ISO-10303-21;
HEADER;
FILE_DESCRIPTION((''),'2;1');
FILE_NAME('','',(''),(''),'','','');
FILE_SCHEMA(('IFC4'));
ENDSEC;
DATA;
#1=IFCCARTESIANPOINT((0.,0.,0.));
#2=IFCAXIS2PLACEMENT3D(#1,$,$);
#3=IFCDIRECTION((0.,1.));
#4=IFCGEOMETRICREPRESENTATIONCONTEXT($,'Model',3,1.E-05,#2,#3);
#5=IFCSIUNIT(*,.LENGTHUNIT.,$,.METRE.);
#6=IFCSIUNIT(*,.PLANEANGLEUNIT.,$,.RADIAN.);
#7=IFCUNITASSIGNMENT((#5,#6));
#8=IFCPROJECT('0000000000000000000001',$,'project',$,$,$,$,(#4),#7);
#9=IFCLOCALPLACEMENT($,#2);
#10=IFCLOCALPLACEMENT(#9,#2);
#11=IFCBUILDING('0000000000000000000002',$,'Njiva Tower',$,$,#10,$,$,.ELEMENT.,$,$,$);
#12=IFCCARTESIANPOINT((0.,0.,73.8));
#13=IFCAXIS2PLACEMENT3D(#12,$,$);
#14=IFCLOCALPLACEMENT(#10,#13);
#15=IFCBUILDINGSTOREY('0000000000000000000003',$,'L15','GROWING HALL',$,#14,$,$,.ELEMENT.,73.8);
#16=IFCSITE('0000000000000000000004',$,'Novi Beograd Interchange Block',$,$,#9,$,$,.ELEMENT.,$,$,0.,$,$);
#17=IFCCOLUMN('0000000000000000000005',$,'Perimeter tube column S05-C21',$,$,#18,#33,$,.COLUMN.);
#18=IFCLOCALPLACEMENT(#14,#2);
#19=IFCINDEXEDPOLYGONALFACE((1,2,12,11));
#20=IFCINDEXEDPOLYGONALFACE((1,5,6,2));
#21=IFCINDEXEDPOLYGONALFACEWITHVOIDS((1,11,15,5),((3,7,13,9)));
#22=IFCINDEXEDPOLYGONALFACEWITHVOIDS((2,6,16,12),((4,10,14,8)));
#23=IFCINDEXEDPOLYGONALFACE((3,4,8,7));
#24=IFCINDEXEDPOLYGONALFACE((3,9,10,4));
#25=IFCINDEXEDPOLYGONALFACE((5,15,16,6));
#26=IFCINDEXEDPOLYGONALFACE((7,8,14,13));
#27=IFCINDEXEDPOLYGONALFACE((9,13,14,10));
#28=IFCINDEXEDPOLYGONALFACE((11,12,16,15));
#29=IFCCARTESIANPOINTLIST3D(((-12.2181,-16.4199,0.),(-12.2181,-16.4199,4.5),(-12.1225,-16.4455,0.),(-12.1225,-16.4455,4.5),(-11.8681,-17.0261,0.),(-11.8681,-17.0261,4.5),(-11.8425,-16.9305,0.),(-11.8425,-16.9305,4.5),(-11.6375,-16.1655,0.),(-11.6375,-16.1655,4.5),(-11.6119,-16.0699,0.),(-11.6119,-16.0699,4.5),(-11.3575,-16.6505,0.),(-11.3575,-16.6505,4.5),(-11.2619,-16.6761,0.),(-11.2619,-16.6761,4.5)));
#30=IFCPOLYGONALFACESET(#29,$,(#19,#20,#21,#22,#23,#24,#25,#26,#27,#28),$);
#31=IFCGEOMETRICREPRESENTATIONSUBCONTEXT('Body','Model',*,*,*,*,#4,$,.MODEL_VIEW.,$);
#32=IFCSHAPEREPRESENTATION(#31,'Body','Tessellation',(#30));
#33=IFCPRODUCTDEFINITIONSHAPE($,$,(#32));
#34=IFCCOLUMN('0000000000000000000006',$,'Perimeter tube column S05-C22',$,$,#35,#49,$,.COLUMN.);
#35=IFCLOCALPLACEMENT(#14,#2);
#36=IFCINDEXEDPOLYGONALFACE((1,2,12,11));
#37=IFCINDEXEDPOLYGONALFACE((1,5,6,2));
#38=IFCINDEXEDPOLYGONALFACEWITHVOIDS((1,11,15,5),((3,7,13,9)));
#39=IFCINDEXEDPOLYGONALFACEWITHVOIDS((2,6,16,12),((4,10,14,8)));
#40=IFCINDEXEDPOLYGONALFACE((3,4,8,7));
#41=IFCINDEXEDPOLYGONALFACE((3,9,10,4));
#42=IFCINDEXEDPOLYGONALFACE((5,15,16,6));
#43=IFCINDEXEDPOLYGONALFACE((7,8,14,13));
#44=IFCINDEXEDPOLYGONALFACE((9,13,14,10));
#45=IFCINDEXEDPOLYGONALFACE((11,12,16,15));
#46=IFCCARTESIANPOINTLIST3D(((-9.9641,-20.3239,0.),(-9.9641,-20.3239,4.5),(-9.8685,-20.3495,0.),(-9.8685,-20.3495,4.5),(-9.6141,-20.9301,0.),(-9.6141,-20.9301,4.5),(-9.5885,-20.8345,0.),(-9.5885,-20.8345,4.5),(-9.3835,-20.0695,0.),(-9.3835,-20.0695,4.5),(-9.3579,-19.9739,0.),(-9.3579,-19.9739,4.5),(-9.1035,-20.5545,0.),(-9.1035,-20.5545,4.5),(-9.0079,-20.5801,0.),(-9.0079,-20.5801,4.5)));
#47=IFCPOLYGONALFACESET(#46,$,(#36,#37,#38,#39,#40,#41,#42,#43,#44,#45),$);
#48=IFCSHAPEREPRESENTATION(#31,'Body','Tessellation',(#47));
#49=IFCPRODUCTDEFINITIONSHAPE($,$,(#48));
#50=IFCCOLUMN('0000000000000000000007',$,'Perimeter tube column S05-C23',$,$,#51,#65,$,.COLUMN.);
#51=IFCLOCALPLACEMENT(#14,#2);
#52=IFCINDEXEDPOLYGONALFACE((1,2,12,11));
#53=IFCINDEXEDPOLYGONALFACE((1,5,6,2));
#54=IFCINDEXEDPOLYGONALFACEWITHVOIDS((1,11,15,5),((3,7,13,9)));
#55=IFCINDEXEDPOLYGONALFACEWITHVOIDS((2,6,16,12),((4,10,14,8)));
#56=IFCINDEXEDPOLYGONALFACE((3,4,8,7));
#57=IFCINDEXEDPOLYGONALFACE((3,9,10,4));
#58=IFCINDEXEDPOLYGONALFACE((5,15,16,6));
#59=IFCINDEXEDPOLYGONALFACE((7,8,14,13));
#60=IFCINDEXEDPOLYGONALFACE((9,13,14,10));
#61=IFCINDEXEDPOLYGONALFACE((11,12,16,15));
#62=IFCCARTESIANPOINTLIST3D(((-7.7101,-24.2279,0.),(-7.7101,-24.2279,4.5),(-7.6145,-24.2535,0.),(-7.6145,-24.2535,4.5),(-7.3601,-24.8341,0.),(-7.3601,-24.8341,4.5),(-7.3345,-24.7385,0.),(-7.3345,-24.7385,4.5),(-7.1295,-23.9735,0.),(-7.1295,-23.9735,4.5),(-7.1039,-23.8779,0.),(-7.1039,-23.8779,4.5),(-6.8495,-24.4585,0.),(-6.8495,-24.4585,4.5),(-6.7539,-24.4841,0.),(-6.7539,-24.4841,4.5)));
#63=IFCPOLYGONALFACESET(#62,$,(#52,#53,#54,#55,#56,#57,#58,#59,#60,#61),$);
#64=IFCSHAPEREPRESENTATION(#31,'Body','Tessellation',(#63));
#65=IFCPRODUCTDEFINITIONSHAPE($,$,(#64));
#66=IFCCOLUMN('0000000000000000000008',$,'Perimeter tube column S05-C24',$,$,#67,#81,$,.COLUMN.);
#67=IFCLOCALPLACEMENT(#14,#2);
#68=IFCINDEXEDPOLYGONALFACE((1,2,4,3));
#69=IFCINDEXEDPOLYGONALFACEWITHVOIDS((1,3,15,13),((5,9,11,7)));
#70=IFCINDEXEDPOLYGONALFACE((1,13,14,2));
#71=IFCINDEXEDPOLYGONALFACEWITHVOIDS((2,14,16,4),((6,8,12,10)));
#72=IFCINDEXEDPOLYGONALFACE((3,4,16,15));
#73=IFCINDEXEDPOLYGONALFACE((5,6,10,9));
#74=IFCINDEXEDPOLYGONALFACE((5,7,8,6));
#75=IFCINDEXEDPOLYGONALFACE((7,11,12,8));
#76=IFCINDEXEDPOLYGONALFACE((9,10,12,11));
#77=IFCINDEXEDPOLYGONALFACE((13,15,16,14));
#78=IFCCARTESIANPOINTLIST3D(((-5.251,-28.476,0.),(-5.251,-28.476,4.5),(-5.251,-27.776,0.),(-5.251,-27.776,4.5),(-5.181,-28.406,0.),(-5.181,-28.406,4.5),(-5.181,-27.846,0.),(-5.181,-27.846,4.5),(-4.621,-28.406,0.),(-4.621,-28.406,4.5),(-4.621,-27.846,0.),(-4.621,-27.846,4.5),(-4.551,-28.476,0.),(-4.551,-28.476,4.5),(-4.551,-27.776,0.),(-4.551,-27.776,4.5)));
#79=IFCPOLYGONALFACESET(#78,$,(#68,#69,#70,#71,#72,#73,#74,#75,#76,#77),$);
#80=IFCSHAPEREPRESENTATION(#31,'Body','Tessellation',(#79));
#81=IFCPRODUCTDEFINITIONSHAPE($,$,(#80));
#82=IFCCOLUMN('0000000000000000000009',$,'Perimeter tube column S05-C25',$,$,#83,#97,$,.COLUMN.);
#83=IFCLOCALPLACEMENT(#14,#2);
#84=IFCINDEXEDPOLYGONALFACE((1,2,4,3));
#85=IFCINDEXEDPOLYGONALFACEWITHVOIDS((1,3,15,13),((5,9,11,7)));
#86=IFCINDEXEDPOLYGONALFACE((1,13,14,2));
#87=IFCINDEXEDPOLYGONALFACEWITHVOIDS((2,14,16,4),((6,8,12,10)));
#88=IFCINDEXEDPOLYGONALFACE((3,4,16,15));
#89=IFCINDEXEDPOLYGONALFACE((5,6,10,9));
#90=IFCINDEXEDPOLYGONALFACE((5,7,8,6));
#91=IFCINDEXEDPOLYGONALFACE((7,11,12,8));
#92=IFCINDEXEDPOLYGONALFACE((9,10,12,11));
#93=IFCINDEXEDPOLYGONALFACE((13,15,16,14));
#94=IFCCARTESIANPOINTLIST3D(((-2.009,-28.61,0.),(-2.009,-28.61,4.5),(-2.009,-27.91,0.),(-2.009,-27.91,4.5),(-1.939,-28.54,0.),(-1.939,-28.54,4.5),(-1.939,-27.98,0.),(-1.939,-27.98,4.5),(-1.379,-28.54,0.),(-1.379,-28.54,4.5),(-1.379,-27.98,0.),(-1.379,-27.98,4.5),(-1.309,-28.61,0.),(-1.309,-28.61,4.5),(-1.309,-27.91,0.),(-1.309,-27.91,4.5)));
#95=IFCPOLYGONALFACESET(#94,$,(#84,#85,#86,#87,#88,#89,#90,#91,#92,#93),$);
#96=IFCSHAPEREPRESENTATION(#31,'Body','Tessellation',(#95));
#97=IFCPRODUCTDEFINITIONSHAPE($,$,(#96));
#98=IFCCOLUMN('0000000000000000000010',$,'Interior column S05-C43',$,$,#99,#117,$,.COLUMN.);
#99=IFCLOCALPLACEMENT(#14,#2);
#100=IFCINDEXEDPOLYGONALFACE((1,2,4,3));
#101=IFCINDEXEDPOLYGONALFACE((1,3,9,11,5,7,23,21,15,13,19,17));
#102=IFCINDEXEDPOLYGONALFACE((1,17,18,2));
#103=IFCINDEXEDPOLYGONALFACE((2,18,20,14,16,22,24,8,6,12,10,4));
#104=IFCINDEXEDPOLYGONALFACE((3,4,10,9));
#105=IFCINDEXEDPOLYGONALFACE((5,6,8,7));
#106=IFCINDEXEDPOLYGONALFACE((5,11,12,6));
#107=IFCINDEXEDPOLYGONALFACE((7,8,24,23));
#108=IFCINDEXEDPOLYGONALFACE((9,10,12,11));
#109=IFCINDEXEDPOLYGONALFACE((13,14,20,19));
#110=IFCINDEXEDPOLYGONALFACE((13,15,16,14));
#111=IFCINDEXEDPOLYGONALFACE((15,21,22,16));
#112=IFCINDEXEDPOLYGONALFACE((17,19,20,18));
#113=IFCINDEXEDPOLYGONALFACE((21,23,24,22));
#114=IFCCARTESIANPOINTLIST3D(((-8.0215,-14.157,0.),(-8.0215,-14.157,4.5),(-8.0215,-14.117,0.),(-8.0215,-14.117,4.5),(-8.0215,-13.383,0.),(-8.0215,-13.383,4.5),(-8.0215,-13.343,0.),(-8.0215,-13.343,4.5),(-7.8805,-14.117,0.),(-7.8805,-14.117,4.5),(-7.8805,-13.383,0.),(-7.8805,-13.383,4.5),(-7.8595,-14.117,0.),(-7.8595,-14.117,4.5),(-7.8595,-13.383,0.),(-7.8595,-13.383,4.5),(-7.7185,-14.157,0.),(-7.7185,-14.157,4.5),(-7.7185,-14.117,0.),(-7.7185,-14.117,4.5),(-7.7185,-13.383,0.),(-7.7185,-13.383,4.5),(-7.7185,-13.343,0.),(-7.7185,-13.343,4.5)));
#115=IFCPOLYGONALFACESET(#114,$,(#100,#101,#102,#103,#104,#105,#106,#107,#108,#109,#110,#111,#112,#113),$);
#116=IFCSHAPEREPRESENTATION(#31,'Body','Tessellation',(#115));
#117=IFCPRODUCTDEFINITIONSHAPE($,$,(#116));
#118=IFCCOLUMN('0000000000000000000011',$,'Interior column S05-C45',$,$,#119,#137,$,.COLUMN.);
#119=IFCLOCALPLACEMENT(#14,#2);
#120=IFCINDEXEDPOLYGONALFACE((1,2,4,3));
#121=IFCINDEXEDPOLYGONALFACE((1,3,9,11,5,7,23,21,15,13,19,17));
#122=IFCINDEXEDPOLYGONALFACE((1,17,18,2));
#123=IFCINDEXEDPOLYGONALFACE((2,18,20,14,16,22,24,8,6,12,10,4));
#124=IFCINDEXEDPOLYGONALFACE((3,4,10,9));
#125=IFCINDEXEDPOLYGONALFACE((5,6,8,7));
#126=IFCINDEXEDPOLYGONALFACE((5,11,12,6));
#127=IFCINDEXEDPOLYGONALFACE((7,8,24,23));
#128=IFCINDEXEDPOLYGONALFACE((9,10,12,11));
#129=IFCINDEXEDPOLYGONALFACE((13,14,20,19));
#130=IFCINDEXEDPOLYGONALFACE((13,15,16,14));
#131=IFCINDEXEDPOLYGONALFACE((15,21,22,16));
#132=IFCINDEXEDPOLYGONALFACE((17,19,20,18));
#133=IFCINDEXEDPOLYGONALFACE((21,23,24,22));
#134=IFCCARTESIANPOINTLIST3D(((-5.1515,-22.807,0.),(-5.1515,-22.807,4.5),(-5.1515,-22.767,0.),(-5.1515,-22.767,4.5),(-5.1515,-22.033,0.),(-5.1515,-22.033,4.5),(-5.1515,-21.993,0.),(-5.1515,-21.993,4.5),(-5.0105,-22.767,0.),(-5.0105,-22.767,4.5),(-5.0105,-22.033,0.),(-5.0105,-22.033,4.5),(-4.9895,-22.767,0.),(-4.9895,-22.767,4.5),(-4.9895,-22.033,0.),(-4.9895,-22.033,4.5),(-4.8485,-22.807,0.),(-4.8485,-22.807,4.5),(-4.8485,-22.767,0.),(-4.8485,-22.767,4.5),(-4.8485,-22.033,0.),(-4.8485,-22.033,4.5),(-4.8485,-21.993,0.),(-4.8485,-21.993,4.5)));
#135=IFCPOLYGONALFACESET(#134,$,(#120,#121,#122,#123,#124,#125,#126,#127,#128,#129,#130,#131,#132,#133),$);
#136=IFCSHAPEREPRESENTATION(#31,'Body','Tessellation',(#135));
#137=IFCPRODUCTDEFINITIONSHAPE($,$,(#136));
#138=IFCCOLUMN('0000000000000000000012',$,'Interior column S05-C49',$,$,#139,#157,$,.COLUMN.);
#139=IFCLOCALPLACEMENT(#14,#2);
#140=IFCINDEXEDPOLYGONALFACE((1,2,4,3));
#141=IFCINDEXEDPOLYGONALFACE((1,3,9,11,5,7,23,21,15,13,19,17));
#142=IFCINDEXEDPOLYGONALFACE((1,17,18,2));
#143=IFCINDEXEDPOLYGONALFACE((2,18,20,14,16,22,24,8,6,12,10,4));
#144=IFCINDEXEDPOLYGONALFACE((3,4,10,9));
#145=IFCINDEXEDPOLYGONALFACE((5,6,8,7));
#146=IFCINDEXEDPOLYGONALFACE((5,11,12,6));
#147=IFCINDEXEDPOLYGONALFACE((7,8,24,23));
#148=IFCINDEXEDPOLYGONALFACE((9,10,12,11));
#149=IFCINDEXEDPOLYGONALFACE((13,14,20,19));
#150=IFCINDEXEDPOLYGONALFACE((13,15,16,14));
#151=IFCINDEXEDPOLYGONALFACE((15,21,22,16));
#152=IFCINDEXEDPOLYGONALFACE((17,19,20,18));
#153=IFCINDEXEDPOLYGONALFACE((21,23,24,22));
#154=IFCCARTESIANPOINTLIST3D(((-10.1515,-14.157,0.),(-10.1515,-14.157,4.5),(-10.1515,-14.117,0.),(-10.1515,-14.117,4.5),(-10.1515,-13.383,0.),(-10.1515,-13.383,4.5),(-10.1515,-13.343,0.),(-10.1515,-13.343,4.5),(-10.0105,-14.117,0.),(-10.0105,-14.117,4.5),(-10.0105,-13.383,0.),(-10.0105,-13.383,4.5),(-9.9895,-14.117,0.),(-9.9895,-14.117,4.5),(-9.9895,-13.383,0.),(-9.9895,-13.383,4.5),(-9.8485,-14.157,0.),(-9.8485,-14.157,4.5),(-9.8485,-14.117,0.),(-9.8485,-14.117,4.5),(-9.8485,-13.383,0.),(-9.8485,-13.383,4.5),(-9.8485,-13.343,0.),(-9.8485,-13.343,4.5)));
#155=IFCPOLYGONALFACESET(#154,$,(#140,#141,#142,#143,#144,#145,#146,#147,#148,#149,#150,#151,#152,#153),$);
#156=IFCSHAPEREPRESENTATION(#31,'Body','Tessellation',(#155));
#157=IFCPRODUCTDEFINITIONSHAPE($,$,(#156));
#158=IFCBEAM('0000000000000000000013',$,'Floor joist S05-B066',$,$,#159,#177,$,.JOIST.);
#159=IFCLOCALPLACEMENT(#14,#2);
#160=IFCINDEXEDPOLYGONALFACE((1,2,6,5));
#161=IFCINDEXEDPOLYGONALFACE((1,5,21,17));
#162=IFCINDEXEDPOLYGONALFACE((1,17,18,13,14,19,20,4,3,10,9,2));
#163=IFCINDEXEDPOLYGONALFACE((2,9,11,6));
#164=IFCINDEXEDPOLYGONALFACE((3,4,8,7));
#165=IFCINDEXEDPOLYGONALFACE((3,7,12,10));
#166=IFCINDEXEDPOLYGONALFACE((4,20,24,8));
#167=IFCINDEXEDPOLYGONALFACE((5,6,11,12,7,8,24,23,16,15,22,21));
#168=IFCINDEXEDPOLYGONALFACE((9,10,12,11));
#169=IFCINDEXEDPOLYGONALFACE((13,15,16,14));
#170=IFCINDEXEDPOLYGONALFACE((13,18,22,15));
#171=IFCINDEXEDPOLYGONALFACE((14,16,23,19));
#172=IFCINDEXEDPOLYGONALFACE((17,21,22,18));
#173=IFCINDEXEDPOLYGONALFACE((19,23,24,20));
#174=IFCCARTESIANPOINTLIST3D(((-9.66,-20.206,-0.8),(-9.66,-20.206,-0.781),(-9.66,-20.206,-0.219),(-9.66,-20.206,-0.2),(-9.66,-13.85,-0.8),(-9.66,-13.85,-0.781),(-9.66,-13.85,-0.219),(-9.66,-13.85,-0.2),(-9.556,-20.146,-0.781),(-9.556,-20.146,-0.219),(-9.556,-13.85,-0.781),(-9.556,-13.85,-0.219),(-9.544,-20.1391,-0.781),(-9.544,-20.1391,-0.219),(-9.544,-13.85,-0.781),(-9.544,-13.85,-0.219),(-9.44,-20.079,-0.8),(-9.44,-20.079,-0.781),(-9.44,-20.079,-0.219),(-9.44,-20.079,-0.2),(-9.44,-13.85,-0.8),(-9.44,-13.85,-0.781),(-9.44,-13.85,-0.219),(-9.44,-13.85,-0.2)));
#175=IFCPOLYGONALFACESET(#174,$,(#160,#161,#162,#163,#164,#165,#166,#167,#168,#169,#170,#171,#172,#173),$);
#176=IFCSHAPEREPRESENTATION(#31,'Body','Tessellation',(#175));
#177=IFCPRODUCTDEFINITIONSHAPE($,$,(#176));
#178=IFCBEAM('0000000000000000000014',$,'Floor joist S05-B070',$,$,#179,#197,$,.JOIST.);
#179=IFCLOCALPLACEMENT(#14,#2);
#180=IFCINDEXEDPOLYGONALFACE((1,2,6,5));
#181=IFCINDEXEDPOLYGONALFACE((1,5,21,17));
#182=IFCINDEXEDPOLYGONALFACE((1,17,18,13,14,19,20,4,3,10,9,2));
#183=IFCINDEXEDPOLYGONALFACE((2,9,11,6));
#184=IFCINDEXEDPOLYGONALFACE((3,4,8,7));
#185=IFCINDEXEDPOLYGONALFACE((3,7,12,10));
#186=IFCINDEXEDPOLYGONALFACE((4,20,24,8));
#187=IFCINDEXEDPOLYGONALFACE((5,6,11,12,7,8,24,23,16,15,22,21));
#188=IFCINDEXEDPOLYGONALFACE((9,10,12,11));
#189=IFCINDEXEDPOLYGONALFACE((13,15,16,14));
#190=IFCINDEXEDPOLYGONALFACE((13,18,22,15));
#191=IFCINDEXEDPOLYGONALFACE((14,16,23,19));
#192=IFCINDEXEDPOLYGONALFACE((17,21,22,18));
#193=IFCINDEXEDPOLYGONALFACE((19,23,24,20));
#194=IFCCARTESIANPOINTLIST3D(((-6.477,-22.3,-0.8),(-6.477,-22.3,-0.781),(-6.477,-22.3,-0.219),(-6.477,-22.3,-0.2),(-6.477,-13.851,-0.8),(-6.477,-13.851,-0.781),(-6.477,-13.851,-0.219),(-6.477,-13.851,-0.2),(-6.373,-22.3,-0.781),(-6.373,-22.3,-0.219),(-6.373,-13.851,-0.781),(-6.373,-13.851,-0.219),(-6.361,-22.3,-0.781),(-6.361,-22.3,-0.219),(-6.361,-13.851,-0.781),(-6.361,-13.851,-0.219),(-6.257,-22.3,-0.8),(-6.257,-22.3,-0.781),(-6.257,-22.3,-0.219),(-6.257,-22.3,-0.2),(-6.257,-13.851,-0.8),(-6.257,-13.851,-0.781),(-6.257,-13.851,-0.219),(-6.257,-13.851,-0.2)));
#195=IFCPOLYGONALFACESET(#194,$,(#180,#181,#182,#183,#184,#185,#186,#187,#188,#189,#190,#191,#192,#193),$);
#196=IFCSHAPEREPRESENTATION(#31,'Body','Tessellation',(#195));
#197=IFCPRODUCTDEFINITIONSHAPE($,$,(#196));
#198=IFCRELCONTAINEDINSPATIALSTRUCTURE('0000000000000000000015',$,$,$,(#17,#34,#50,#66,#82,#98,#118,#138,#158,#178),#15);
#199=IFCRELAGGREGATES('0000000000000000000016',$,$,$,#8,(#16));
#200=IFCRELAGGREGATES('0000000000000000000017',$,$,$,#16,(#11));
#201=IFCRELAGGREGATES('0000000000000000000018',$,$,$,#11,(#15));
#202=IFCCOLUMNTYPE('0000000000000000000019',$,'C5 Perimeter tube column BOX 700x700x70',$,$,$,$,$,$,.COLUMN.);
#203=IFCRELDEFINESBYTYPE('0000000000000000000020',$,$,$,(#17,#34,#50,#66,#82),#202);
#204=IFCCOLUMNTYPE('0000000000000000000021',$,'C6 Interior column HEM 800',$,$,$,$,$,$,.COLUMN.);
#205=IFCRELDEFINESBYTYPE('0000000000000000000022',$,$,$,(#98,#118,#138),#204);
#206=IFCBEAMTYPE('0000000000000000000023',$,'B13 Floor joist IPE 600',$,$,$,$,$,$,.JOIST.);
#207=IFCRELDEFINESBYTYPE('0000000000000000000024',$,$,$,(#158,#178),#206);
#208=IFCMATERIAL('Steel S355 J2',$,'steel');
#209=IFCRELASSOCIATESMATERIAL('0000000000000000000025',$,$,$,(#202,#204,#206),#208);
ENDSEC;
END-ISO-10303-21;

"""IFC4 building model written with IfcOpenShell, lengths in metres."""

from ifc_helpers import new_model, si_unit, direction, frame, origin, origin_2d, place, context, subcontext, project, spatial, hollow_rectangle, i_section, extrude, clip, halfspace, material, material_profile, profile_set, type_object, element, save


model = new_model("IFC4")

# Units and contexts
model_context = context("Model", 3, precision=1e-05, world=origin(), true_north=direction((0.0, 1.0)))
body_context = subcontext(model_context, "Body", "Model", "MODEL_VIEW")
ifc_project = project(units=[si_unit("LENGTHUNIT", "METRE"), si_unit("PLANEANGLEUNIT", "RADIAN")], contexts=[model_context])

# Site, building, storey
site_placement = place(None, origin())
site = spatial("IfcSite", under=ifc_project, at=site_placement, Name="Novi Beograd Interchange Block", CompositionType="ELEMENT", RefElevation=0.0)
building_placement = place(site_placement, origin())
building = spatial("IfcBuilding", under=site, at=building_placement, Name="Njiva Tower", CompositionType="ELEMENT")
storey_placement = place(building_placement, frame((0.0, 0.0, 73.8)))
storey = spatial("IfcBuildingStorey", under=building, at=storey_placement, Name="L15", Description="GROWING HALL", CompositionType="ELEMENT", Elevation=73.8)

# Columns
ifc_material_1 = material(Name="Steel S355 J2", Category="steel")
ifc_material_profile_1 = material_profile(ifc_material_1, hollow_rectangle(XDim=0.7, YDim=0.7, WallThickness=0.07, at=origin_2d()), Name="BOX 700x700x70")
ifc_profile_set_1 = profile_set([ifc_material_profile_1], Name="Steel S355 J2")
column_type_1 = type_object("IfcColumnType", Name="C5 Perimeter tube column BOX 700x700x70", PredefinedType="COLUMN", material=ifc_profile_set_1)
for number, where, z_axis, x_axis, name in (
    (1, (-11.74, -16.548, 0.0), (0.0, 0.0, 1.0), (0.5, -0.866025, 0.0), "Perimeter tube column S05-C21"),
    (2, (-9.486, -20.452, 0.0), (0.0, 0.0, 1.0), (0.5, -0.866025, 0.0), "Perimeter tube column S05-C22"),
    (3, (-7.232, -24.356, 0.0), (0.0, 0.0, 1.0), (0.5, -0.866025, 0.0), "Perimeter tube column S05-C23"),
    (4, (-4.901, -28.126, 0.0), (0.0, 0.0, 1.0), (1.0, 0.0, 0.0), "Perimeter tube column S05-C24"),
    (5, (-1.659, -28.26, 0.0), (0.0, 0.0, 1.0), (1.0, 0.0, 0.0), "Perimeter tube column S05-C25"),
):
    element("IfcColumn", number, at=place(storey_placement, frame(where, z_axis=z_axis, x_axis=x_axis)), inside=storey, type_object=column_type_1, Name=name, PredefinedType="COLUMN", context=body_context, shape_type="SweptSolid", body=[
        extrude(hollow_rectangle(XDim=0.7, YDim=0.7, WallThickness=0.07, at=origin_2d()), origin(), (0.0, 0.0, 1.0), 4.5),
    ])
ifc_material_profile_2 = material_profile(ifc_material_1, i_section(OverallWidth=0.303, OverallDepth=0.814, WebThickness=0.021, FlangeThickness=0.04, at=origin_2d()), Name="HEM 800")
ifc_profile_set_2 = profile_set([ifc_material_profile_2], Name="Steel S355 J2")
column_type_2 = type_object("IfcColumnType", Name="C6 Interior column HEM 800", PredefinedType="COLUMN", material=ifc_profile_set_2)
for number, where, z_axis, x_axis, name in (
    (6, (-7.87, -13.75, 0.0), (0.0, 0.0, 1.0), (1.0, 0.0, 0.0), "Interior column S05-C43"),
    (7, (-5.0, -22.4, 0.0), (0.0, 0.0, 1.0), (1.0, 0.0, 0.0), "Interior column S05-C45"),
    (8, (-10.0, -13.75, 0.0), (0.0, 0.0, 1.0), (1.0, 0.0, 0.0), "Interior column S05-C49"),
):
    element("IfcColumn", number, at=place(storey_placement, frame(where, z_axis=z_axis, x_axis=x_axis)), inside=storey, type_object=column_type_2, Name=name, PredefinedType="COLUMN", context=body_context, shape_type="SweptSolid", body=[
        extrude(i_section(OverallWidth=0.303, OverallDepth=0.814, WebThickness=0.021, FlangeThickness=0.04, at=origin_2d()), origin(), (0.0, 0.0, 1.0), 4.5),
    ])

# Beams
ifc_material_profile_3 = material_profile(ifc_material_1, i_section(OverallWidth=0.22, OverallDepth=0.6, WebThickness=0.012, FlangeThickness=0.019, at=origin_2d()), Name="IPE 600")
ifc_profile_set_3 = profile_set([ifc_material_profile_3], Name="Steel S355 J2")
beam_type_1 = type_object("IfcBeamType", Name="B13 Floor joist IPE 600", PredefinedType="JOIST", material=ifc_profile_set_3)
beam_1_placement = place(storey_placement, frame((-9.55, -13.85, -0.5), z_axis=(0.0, -1.0, 0.0), x_axis=(1.0, 0.0, 0.0)))
element("IfcBeam", 9, at=beam_1_placement, inside=storey, type_object=beam_type_1, Name="Floor joist S05-B066", PredefinedType="JOIST", context=body_context, shape_type="Clipping", body=[
    clip(extrude(i_section(OverallWidth=0.22, OverallDepth=0.6, WebThickness=0.012, FlangeThickness=0.019, at=origin_2d()), origin(), (0.0, 0.0, 1.0), 6.377), halfspace(frame((0.025, 0.0, 6.2781), z_axis=(0.499998, 0.0, 0.866027), x_axis=(0.0, 1.0, 0.0)), False)),
])
for number, where, z_axis, x_axis, name in (
    (10, (-6.367, -13.851, -0.5), (0.0, -1.0, 0.0), (1.0, 0.0, 0.0), "Floor joist S05-B070"),
):
    element("IfcBeam", number, at=place(storey_placement, frame(where, z_axis=z_axis, x_axis=x_axis)), inside=storey, type_object=beam_type_1, Name=name, PredefinedType="JOIST", context=body_context, shape_type="SweptSolid", body=[
        extrude(i_section(OverallWidth=0.22, OverallDepth=0.6, WebThickness=0.012, FlangeThickness=0.019, at=origin_2d()), origin(), (0.0, 0.0, 1.0), 8.449),
    ])

save(model, "model.ifc")
